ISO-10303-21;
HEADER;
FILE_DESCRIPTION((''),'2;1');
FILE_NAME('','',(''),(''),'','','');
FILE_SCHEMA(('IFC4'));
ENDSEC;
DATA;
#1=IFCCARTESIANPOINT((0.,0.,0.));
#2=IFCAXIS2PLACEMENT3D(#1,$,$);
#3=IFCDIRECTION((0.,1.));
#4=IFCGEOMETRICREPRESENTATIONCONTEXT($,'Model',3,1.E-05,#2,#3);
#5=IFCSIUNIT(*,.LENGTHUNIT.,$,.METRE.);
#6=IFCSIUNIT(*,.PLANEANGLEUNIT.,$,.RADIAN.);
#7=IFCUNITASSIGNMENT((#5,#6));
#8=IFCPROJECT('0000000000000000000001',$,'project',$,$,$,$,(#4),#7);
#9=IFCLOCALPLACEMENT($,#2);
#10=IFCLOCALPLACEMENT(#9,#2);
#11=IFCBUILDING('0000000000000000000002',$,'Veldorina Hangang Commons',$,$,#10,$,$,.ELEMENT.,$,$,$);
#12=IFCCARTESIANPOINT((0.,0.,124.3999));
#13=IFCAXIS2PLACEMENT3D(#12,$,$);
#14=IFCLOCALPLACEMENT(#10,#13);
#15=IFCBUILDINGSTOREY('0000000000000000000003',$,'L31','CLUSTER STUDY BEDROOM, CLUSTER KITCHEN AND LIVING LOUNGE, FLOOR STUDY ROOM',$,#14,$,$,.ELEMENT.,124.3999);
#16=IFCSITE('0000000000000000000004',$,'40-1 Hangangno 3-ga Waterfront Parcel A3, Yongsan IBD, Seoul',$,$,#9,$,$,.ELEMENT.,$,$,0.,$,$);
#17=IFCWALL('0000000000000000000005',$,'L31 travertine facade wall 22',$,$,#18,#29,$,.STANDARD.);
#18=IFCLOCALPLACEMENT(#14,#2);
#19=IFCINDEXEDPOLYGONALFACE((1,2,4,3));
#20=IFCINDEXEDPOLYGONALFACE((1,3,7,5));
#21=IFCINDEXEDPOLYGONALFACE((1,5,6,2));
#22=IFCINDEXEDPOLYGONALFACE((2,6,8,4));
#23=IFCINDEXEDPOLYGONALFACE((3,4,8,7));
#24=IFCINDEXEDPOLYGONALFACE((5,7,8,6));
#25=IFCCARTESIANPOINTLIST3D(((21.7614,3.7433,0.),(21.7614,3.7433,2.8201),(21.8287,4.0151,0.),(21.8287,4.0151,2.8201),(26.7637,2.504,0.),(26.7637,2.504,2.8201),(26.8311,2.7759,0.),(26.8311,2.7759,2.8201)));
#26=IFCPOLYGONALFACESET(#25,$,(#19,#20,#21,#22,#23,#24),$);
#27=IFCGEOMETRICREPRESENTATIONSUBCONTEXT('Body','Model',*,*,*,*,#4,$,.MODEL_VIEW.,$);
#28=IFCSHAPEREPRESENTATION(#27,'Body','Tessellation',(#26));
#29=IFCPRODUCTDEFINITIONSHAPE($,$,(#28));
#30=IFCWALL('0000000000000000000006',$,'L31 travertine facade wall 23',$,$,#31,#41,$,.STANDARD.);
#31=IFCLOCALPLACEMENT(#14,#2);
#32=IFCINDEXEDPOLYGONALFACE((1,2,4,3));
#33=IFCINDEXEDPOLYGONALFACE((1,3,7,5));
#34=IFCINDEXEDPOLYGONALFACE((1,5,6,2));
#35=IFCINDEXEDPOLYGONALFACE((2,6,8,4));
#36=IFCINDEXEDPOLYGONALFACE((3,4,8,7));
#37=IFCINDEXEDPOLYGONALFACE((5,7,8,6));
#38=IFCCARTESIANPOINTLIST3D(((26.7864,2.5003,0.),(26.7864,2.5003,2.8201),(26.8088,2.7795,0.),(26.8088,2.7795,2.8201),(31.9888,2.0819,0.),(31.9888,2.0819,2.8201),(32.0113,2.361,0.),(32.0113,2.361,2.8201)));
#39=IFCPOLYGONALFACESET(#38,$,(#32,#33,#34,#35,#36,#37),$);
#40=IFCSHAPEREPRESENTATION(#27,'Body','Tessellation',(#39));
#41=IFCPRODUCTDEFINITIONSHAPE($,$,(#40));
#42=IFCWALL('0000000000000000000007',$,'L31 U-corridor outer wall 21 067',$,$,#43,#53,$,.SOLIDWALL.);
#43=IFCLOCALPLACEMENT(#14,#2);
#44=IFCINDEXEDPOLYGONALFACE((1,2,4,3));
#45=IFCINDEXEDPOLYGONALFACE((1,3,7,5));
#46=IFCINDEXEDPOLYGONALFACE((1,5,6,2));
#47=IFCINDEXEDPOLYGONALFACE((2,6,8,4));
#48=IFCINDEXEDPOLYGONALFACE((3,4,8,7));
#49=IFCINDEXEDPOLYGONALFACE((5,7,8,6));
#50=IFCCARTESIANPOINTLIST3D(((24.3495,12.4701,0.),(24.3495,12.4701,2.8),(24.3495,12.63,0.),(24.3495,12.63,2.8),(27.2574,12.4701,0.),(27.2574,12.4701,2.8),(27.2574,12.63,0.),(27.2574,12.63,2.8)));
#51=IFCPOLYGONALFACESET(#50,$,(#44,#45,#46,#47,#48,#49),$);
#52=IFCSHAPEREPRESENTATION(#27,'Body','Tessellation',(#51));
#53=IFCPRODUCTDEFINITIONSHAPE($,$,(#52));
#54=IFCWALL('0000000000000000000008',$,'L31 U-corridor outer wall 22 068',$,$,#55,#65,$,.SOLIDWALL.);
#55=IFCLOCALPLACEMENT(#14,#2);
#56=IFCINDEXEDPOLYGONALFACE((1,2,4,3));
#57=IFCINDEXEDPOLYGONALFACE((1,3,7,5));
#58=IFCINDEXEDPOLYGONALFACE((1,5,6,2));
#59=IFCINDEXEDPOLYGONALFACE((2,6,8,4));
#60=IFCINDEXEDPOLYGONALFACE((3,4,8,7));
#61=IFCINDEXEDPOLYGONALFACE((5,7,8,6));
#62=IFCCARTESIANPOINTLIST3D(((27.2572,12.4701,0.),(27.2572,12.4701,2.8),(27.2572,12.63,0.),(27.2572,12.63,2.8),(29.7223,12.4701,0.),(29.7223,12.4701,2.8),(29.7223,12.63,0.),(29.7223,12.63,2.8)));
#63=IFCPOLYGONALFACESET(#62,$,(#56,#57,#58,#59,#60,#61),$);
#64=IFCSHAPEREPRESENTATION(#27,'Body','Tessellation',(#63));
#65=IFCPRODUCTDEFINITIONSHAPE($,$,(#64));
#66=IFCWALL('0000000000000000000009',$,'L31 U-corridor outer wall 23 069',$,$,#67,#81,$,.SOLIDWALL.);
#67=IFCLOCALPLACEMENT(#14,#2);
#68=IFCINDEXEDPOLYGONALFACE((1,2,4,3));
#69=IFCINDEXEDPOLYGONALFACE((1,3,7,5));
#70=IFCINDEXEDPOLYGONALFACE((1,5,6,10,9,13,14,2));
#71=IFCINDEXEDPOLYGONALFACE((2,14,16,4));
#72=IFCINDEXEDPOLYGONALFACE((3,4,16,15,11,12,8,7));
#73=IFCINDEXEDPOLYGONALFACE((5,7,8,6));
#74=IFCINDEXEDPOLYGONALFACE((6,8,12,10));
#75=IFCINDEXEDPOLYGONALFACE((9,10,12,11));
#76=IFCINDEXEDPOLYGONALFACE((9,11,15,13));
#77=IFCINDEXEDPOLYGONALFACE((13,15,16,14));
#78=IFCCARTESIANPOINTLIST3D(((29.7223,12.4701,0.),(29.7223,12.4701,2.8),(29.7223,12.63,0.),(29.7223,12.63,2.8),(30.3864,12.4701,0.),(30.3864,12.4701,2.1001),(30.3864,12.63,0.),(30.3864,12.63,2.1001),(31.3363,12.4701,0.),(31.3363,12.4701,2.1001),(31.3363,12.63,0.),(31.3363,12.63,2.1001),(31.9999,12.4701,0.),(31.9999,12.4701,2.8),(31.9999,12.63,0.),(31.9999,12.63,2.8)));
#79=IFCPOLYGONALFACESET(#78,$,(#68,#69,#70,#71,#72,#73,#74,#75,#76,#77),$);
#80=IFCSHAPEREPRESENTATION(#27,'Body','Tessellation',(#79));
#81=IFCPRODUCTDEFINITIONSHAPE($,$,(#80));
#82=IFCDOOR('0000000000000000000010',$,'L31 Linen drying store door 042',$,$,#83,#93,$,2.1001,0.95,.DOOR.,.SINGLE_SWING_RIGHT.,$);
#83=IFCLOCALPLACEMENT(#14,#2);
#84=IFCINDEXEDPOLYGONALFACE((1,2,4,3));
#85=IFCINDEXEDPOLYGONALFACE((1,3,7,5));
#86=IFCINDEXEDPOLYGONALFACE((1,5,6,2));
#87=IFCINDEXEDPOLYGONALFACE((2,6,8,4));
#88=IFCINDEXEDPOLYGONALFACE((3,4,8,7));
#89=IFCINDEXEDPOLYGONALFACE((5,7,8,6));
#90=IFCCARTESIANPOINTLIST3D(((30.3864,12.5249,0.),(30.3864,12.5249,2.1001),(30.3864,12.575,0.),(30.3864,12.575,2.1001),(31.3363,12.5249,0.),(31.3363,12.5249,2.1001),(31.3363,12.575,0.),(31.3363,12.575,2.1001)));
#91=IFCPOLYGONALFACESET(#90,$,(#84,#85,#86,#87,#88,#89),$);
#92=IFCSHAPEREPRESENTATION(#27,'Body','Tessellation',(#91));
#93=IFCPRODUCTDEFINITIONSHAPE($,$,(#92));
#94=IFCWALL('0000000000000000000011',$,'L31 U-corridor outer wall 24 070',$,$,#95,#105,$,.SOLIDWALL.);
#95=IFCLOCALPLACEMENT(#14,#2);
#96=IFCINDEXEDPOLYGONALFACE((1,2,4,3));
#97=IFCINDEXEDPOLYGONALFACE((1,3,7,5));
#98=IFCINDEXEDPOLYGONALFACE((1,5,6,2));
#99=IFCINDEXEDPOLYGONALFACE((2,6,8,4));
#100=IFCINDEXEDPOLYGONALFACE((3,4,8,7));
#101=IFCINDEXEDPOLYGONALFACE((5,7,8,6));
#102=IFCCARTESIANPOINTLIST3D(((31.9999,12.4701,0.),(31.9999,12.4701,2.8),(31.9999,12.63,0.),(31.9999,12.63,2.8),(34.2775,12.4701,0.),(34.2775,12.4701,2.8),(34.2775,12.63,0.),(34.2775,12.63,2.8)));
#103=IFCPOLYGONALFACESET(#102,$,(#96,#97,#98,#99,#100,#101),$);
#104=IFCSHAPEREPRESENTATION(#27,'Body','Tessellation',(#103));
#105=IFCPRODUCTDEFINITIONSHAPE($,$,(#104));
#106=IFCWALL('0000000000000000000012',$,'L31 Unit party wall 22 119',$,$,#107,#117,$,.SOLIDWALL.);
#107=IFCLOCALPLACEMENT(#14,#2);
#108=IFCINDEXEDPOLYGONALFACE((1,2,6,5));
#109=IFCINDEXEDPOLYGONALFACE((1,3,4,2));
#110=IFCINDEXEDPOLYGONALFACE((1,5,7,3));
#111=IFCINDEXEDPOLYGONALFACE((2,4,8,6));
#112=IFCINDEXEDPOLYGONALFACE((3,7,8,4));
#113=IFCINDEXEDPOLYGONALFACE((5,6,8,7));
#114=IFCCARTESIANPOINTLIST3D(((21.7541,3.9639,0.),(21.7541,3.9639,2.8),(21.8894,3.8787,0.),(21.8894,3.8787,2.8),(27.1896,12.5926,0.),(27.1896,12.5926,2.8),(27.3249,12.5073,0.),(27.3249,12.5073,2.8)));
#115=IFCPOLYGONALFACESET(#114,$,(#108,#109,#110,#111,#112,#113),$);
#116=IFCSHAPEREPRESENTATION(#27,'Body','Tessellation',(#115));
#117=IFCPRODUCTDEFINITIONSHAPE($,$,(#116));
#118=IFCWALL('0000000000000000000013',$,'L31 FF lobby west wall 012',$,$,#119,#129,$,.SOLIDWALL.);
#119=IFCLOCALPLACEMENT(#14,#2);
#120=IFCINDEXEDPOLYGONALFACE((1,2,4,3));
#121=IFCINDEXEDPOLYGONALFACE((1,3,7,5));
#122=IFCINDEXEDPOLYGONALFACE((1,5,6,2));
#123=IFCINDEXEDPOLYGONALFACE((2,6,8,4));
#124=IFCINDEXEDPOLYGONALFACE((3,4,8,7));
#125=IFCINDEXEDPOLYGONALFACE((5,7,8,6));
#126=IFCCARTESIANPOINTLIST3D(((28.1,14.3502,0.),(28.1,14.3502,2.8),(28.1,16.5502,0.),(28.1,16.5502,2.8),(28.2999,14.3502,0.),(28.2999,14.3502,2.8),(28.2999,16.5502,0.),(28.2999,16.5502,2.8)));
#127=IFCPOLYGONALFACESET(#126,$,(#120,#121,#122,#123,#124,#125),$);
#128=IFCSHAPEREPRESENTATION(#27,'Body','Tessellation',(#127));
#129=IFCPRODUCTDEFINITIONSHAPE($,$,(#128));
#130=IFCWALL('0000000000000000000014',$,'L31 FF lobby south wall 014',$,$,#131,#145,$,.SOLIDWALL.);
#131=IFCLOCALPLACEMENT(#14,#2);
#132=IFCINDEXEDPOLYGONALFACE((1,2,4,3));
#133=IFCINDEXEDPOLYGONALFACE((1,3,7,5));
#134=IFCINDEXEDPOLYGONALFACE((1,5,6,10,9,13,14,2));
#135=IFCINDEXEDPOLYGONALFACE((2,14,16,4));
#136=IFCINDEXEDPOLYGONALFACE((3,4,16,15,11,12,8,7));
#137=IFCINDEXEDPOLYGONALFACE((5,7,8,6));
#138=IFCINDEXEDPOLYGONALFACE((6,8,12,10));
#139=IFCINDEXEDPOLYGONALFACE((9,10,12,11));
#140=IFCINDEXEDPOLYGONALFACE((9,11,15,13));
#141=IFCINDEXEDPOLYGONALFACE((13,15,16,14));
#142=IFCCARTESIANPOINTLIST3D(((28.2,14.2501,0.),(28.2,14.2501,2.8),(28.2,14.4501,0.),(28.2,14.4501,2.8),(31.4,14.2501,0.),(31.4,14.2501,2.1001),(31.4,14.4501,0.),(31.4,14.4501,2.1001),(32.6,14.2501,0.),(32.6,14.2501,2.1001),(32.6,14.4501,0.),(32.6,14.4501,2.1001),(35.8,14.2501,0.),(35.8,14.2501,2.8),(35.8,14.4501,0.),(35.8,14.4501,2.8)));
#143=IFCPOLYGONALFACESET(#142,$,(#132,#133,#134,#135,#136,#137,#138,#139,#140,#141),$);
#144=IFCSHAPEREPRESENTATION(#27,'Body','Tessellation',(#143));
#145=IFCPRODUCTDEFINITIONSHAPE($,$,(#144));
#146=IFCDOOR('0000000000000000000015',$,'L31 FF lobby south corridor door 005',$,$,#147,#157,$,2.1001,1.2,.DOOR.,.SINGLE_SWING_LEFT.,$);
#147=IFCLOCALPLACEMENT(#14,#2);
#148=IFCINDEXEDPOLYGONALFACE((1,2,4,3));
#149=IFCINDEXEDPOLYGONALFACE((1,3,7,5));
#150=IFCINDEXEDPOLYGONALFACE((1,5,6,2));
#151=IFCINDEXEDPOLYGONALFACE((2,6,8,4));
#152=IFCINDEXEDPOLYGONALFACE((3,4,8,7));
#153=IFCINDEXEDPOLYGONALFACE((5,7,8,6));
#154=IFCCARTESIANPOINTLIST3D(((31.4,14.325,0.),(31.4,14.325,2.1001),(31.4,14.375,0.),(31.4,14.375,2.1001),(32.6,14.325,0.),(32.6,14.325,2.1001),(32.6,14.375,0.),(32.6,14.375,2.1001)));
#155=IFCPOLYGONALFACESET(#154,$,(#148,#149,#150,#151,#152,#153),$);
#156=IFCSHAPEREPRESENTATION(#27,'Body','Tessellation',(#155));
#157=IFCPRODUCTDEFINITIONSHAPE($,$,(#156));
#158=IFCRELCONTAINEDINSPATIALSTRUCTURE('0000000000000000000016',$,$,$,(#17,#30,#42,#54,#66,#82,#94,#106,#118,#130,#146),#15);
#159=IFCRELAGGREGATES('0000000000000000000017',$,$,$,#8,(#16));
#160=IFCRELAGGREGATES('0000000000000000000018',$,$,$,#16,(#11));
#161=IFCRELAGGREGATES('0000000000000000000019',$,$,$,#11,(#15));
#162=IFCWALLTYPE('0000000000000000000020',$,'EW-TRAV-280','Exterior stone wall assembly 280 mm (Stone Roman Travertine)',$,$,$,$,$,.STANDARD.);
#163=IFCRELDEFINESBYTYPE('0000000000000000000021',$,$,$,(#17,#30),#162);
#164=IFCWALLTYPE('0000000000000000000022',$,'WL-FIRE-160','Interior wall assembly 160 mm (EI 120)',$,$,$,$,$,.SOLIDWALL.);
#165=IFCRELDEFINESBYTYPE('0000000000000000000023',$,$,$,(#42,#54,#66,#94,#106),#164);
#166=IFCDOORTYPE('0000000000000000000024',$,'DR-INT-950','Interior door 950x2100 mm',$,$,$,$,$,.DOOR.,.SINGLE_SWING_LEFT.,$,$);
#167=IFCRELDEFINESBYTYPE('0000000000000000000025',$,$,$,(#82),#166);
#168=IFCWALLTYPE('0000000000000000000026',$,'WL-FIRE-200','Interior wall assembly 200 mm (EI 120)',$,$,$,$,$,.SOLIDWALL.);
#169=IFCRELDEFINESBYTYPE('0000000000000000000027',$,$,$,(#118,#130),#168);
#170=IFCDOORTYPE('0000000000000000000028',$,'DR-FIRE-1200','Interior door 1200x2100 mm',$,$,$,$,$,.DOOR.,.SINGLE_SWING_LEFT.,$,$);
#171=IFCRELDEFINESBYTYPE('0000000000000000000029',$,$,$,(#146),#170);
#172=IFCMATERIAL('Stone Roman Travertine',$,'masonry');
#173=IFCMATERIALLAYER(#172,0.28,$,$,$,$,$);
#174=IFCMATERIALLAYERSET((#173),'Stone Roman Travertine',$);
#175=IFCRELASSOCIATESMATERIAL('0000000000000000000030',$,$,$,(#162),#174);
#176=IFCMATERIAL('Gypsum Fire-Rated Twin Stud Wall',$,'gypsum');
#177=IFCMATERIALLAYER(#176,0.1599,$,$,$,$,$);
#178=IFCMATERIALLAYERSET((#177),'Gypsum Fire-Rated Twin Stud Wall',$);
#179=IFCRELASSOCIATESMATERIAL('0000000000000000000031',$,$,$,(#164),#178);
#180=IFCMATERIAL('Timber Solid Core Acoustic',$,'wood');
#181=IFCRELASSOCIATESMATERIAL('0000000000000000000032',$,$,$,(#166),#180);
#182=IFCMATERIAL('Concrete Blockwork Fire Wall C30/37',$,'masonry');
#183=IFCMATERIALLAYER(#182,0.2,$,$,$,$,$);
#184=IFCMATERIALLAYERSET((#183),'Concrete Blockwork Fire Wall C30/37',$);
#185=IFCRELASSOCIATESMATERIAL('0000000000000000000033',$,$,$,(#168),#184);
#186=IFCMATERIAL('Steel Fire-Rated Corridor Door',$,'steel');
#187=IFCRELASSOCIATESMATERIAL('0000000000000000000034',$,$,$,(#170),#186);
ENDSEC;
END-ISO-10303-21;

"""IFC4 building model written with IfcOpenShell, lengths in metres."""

from ifc_helpers import new_model, si_unit, direction, frame, frame_2d, origin, place, context, subcontext, project, spatial, rectangle, extrude, material, layer, layer_set, type_object, element, fill, save


model = new_model("IFC4")

# Units and contexts
model_context = context("Model", 3, precision=1e-05, world=origin(), true_north=direction((0.0, 1.0)))
body_context = subcontext(model_context, "Body", "Model", "MODEL_VIEW")
ifc_project = project(units=[si_unit("LENGTHUNIT", "METRE"), si_unit("PLANEANGLEUNIT", "RADIAN")], contexts=[model_context])

# Site, building, storey
site_placement = place(None, origin())
site = spatial("IfcSite", under=ifc_project, at=site_placement, Name="40-1 Hangangno 3-ga Waterfront Parcel A3, Yongsan IBD, Seoul", CompositionType="ELEMENT", RefElevation=0.0)
building_placement = place(site_placement, origin())
building = spatial("IfcBuilding", under=site, at=building_placement, Name="Veldorina Hangang Commons", CompositionType="ELEMENT")
storey_placement = place(building_placement, frame((0.0, 0.0, 124.3999)))
storey = spatial("IfcBuildingStorey", under=building, at=storey_placement, Name="L31", Description="CLUSTER STUDY BEDROOM, CLUSTER KITCHEN AND LIVING LOUNGE, FLOOR STUDY ROOM", CompositionType="ELEMENT", Elevation=124.3999)

# Shared definitions
ifc_material_1 = material(Name="Stone Roman Travertine", Category="masonry")

# Walls
ifc_layer_1 = layer(ifc_material_1, 0.28)
ifc_layer_set_1 = layer_set([ifc_layer_1], Name="Stone Roman Travertine")
wall_type_1 = type_object("IfcWallType", Name="EW-TRAV-280", Description="Exterior stone wall assembly 280 mm (Stone Roman Travertine)", PredefinedType="STANDARD", material=ifc_layer_set_1)
wall_1_placement = place(storey_placement, frame((21.7952, 3.8792, 0.0), z_axis=(0.0, 0.0, 1.0), x_axis=(0.970659, -0.240462, 0.0)))
element("IfcWall", 1, at=wall_1_placement, inside=storey, type_object=wall_type_1, Name="L31 travertine facade wall 22", PredefinedType="STANDARD", context=body_context, shape_type="SweptSolid", body=[
    extrude(rectangle(XDim=5.1536, YDim=0.28, at=frame_2d((2.5767, 0.0))), origin(), (0.0, 0.0, 1.0), 2.8201),
])
wall_2_placement = place(storey_placement, frame((26.7976, 2.6399, 0.0), z_axis=(0.0, 0.0, 1.0), x_axis=(0.996781, -0.080177, 0.0)))
element("IfcWall", 2, at=wall_2_placement, inside=storey, type_object=wall_type_1, Name="L31 travertine facade wall 23", PredefinedType="STANDARD", context=body_context, shape_type="SweptSolid", body=[
    extrude(rectangle(XDim=5.2192, YDim=0.28, at=frame_2d((2.6096, 0.0))), origin(), (0.0, 0.0, 1.0), 2.8201),
])
ifc_material_2 = material(Name="Gypsum Fire-Rated Twin Stud Wall", Category="gypsum")
ifc_layer_2 = layer(ifc_material_2, 0.1599)
ifc_layer_set_2 = layer_set([ifc_layer_2], Name="Gypsum Fire-Rated Twin Stud Wall")
wall_type_2 = type_object("IfcWallType", Name="WL-FIRE-160", Description="Interior wall assembly 160 mm (EI 120)", PredefinedType="SOLIDWALL", material=ifc_layer_set_2)
wall_3_placement = place(storey_placement, frame((24.3494, 12.55, 0.0), z_axis=(0.0, 0.0, 1.0), x_axis=(1.0, 0.0, 0.0)))
element("IfcWall", 3, at=wall_3_placement, inside=storey, type_object=wall_type_2, Name="L31 U-corridor outer wall 21 067", PredefinedType="SOLIDWALL", context=body_context, shape_type="SweptSolid", body=[
    extrude(rectangle(XDim=2.908, YDim=0.1599, at=frame_2d((1.4541, 0.0))), origin(), (0.0, 0.0, 1.0), 2.8),
])
wall_4_placement = place(storey_placement, frame((27.2573, 12.55, 0.0), z_axis=(0.0, 0.0, 1.0), x_axis=(1.0, 0.0, 0.0)))
element("IfcWall", 4, at=wall_4_placement, inside=storey, type_object=wall_type_2, Name="L31 U-corridor outer wall 22 068", PredefinedType="SOLIDWALL", context=body_context, shape_type="SweptSolid", body=[
    extrude(rectangle(XDim=2.4651, YDim=0.1599, at=frame_2d((1.2324, 0.0))), origin(), (0.0, 0.0, 1.0), 2.8),
])

# Wall, opening, door
wall_5_placement = place(storey_placement, frame((29.7224, 12.55, 0.0), z_axis=(0.0, 0.0, 1.0), x_axis=(1.0, 0.0, 0.0)))
wall_5 = element("IfcWall", 5, at=wall_5_placement, inside=storey, type_object=wall_type_2, Name="L31 U-corridor outer wall 23 069", PredefinedType="SOLIDWALL", context=body_context, shape_type="SweptSolid", body=[
    extrude(rectangle(XDim=2.2776, YDim=0.1599, at=frame_2d((1.1387, 0.0))), origin(), (0.0, 0.0, 1.0), 2.8),
])
opening_1_placement = place(wall_5_placement, frame((0.6638, 0.0, 0.0)))
opening_1 = element("IfcOpeningElement", 6, at=opening_1_placement, cuts=wall_5, PredefinedType="OPENING", context=body_context, shape_type="SweptSolid", body=[
    extrude(rectangle(XDim=0.95, YDim=2.1001, at=frame_2d((0.4751, 1.05))), frame((0.0, 0.0898, 0.0), z_axis=(0.0, -1.0, 0.0), x_axis=(1.0, 0.0, 0.0)), (0.0, 0.0, 1.0), 0.1799),
])
ifc_material_3 = material(Name="Timber Solid Core Acoustic", Category="wood")
door_type_1 = type_object("IfcDoorType", Name="DR-INT-950", Description="Interior door 950x2100 mm", OperationType="SINGLE_SWING_LEFT", PredefinedType="DOOR", material=ifc_material_3)
door_1_placement = place(opening_1_placement, origin())
door_1 = element("IfcDoor", 7, at=door_1_placement, inside=storey, type_object=door_type_1, Name="L31 Linen drying store door 042", OperationType="SINGLE_SWING_RIGHT", OverallHeight=2.1001, OverallWidth=0.95, PredefinedType="DOOR", context=body_context, shape_type="SweptSolid", body=[
    extrude(rectangle(XDim=0.95, YDim=2.1001, at=frame_2d((0.4751, 1.05))), frame((0.0, 0.0249, 0.0), z_axis=(0.0, -1.0, 0.0), x_axis=(1.0, 0.0, 0.0)), (0.0, 0.0, 1.0), 0.05),
])
fill(opening_1, door_1)

# Walls
wall_6_placement = place(storey_placement, frame((32.0, 12.55, 0.0), z_axis=(0.0, 0.0, 1.0), x_axis=(1.0, 0.0, 0.0)))
element("IfcWall", 8, at=wall_6_placement, inside=storey, type_object=wall_type_2, Name="L31 U-corridor outer wall 24 070", PredefinedType="SOLIDWALL", context=body_context, shape_type="SweptSolid", body=[
    extrude(rectangle(XDim=2.2776, YDim=0.1599, at=frame_2d((1.1387, 0.0))), origin(), (0.0, 0.0, 1.0), 2.8),
])
wall_7_placement = place(storey_placement, frame((27.2573, 12.55, 0.0), z_axis=(0.0, 0.0, 1.0), x_axis=(-0.533002, -0.846114, 0.0)))
element("IfcWall", 9, at=wall_7_placement, inside=storey, type_object=wall_type_2, Name="L31 Unit party wall 22 119", PredefinedType="SOLIDWALL", context=body_context, shape_type="SweptSolid", body=[
    extrude(rectangle(XDim=10.198, YDim=0.1599, at=frame_2d((5.0991, 0.0))), origin(), (0.0, 0.0, 1.0), 2.8),
])
ifc_material_4 = material(Name="Concrete Blockwork Fire Wall C30/37", Category="masonry")
ifc_layer_3 = layer(ifc_material_4, 0.2)
ifc_layer_set_3 = layer_set([ifc_layer_3], Name="Concrete Blockwork Fire Wall C30/37")
wall_type_3 = type_object("IfcWallType", Name="WL-FIRE-200", Description="Interior wall assembly 200 mm (EI 120)", PredefinedType="SOLIDWALL", material=ifc_layer_set_3)
wall_8_placement = place(storey_placement, frame((28.2, 14.3501, 0.0), z_axis=(0.0, 0.0, 1.0), x_axis=(0.0, 1.0, 0.0)))
element("IfcWall", 10, at=wall_8_placement, inside=storey, type_object=wall_type_3, Name="L31 FF lobby west wall 012", PredefinedType="SOLIDWALL", context=body_context, shape_type="SweptSolid", body=[
    extrude(rectangle(XDim=2.2, YDim=0.2, at=frame_2d((1.1001, 0.0))), origin(), (0.0, 0.0, 1.0), 2.8),
])

# Wall, opening, door
wall_9_placement = place(storey_placement, frame((28.2, 14.3501, 0.0), z_axis=(0.0, 0.0, 1.0), x_axis=(1.0, 0.0, 0.0)))
wall_9 = element("IfcWall", 11, at=wall_9_placement, inside=storey, type_object=wall_type_3, Name="L31 FF lobby south wall 014", PredefinedType="SOLIDWALL", context=body_context, shape_type="SweptSolid", body=[
    extrude(rectangle(XDim=7.6001, YDim=0.2, at=frame_2d((3.8, 0.0))), origin(), (0.0, 0.0, 1.0), 2.8),
])
opening_2_placement = place(wall_9_placement, frame((3.2, 0.0, 0.0)))
opening_2 = element("IfcOpeningElement", 12, at=opening_2_placement, cuts=wall_9, PredefinedType="OPENING", context=body_context, shape_type="SweptSolid", body=[
    extrude(rectangle(XDim=1.2, YDim=2.1001, at=frame_2d((0.6001, 1.05))), frame((0.0, 0.1099, 0.0), z_axis=(0.0, -1.0, 0.0), x_axis=(1.0, 0.0, 0.0)), (0.0, 0.0, 1.0), 0.22),
])
ifc_material_5 = material(Name="Steel Fire-Rated Corridor Door", Category="steel")
door_type_2 = type_object("IfcDoorType", Name="DR-FIRE-1200", Description="Interior door 1200x2100 mm", OperationType="SINGLE_SWING_LEFT", PredefinedType="DOOR", material=ifc_material_5)
door_2_placement = place(opening_2_placement, origin())
door_2 = element("IfcDoor", 13, at=door_2_placement, inside=storey, type_object=door_type_2, Name="L31 FF lobby south corridor door 005", OperationType="SINGLE_SWING_LEFT", OverallHeight=2.1001, OverallWidth=1.2, PredefinedType="DOOR", context=body_context, shape_type="SweptSolid", body=[
    extrude(rectangle(XDim=1.2, YDim=2.1001, at=frame_2d((0.6001, 1.05))), frame((0.0, 0.0249, 0.0), z_axis=(0.0, -1.0, 0.0), x_axis=(1.0, 0.0, 0.0)), (0.0, 0.0, 1.0), 0.05),
])
fill(opening_2, door_2)

save(model, "model.ifc")
